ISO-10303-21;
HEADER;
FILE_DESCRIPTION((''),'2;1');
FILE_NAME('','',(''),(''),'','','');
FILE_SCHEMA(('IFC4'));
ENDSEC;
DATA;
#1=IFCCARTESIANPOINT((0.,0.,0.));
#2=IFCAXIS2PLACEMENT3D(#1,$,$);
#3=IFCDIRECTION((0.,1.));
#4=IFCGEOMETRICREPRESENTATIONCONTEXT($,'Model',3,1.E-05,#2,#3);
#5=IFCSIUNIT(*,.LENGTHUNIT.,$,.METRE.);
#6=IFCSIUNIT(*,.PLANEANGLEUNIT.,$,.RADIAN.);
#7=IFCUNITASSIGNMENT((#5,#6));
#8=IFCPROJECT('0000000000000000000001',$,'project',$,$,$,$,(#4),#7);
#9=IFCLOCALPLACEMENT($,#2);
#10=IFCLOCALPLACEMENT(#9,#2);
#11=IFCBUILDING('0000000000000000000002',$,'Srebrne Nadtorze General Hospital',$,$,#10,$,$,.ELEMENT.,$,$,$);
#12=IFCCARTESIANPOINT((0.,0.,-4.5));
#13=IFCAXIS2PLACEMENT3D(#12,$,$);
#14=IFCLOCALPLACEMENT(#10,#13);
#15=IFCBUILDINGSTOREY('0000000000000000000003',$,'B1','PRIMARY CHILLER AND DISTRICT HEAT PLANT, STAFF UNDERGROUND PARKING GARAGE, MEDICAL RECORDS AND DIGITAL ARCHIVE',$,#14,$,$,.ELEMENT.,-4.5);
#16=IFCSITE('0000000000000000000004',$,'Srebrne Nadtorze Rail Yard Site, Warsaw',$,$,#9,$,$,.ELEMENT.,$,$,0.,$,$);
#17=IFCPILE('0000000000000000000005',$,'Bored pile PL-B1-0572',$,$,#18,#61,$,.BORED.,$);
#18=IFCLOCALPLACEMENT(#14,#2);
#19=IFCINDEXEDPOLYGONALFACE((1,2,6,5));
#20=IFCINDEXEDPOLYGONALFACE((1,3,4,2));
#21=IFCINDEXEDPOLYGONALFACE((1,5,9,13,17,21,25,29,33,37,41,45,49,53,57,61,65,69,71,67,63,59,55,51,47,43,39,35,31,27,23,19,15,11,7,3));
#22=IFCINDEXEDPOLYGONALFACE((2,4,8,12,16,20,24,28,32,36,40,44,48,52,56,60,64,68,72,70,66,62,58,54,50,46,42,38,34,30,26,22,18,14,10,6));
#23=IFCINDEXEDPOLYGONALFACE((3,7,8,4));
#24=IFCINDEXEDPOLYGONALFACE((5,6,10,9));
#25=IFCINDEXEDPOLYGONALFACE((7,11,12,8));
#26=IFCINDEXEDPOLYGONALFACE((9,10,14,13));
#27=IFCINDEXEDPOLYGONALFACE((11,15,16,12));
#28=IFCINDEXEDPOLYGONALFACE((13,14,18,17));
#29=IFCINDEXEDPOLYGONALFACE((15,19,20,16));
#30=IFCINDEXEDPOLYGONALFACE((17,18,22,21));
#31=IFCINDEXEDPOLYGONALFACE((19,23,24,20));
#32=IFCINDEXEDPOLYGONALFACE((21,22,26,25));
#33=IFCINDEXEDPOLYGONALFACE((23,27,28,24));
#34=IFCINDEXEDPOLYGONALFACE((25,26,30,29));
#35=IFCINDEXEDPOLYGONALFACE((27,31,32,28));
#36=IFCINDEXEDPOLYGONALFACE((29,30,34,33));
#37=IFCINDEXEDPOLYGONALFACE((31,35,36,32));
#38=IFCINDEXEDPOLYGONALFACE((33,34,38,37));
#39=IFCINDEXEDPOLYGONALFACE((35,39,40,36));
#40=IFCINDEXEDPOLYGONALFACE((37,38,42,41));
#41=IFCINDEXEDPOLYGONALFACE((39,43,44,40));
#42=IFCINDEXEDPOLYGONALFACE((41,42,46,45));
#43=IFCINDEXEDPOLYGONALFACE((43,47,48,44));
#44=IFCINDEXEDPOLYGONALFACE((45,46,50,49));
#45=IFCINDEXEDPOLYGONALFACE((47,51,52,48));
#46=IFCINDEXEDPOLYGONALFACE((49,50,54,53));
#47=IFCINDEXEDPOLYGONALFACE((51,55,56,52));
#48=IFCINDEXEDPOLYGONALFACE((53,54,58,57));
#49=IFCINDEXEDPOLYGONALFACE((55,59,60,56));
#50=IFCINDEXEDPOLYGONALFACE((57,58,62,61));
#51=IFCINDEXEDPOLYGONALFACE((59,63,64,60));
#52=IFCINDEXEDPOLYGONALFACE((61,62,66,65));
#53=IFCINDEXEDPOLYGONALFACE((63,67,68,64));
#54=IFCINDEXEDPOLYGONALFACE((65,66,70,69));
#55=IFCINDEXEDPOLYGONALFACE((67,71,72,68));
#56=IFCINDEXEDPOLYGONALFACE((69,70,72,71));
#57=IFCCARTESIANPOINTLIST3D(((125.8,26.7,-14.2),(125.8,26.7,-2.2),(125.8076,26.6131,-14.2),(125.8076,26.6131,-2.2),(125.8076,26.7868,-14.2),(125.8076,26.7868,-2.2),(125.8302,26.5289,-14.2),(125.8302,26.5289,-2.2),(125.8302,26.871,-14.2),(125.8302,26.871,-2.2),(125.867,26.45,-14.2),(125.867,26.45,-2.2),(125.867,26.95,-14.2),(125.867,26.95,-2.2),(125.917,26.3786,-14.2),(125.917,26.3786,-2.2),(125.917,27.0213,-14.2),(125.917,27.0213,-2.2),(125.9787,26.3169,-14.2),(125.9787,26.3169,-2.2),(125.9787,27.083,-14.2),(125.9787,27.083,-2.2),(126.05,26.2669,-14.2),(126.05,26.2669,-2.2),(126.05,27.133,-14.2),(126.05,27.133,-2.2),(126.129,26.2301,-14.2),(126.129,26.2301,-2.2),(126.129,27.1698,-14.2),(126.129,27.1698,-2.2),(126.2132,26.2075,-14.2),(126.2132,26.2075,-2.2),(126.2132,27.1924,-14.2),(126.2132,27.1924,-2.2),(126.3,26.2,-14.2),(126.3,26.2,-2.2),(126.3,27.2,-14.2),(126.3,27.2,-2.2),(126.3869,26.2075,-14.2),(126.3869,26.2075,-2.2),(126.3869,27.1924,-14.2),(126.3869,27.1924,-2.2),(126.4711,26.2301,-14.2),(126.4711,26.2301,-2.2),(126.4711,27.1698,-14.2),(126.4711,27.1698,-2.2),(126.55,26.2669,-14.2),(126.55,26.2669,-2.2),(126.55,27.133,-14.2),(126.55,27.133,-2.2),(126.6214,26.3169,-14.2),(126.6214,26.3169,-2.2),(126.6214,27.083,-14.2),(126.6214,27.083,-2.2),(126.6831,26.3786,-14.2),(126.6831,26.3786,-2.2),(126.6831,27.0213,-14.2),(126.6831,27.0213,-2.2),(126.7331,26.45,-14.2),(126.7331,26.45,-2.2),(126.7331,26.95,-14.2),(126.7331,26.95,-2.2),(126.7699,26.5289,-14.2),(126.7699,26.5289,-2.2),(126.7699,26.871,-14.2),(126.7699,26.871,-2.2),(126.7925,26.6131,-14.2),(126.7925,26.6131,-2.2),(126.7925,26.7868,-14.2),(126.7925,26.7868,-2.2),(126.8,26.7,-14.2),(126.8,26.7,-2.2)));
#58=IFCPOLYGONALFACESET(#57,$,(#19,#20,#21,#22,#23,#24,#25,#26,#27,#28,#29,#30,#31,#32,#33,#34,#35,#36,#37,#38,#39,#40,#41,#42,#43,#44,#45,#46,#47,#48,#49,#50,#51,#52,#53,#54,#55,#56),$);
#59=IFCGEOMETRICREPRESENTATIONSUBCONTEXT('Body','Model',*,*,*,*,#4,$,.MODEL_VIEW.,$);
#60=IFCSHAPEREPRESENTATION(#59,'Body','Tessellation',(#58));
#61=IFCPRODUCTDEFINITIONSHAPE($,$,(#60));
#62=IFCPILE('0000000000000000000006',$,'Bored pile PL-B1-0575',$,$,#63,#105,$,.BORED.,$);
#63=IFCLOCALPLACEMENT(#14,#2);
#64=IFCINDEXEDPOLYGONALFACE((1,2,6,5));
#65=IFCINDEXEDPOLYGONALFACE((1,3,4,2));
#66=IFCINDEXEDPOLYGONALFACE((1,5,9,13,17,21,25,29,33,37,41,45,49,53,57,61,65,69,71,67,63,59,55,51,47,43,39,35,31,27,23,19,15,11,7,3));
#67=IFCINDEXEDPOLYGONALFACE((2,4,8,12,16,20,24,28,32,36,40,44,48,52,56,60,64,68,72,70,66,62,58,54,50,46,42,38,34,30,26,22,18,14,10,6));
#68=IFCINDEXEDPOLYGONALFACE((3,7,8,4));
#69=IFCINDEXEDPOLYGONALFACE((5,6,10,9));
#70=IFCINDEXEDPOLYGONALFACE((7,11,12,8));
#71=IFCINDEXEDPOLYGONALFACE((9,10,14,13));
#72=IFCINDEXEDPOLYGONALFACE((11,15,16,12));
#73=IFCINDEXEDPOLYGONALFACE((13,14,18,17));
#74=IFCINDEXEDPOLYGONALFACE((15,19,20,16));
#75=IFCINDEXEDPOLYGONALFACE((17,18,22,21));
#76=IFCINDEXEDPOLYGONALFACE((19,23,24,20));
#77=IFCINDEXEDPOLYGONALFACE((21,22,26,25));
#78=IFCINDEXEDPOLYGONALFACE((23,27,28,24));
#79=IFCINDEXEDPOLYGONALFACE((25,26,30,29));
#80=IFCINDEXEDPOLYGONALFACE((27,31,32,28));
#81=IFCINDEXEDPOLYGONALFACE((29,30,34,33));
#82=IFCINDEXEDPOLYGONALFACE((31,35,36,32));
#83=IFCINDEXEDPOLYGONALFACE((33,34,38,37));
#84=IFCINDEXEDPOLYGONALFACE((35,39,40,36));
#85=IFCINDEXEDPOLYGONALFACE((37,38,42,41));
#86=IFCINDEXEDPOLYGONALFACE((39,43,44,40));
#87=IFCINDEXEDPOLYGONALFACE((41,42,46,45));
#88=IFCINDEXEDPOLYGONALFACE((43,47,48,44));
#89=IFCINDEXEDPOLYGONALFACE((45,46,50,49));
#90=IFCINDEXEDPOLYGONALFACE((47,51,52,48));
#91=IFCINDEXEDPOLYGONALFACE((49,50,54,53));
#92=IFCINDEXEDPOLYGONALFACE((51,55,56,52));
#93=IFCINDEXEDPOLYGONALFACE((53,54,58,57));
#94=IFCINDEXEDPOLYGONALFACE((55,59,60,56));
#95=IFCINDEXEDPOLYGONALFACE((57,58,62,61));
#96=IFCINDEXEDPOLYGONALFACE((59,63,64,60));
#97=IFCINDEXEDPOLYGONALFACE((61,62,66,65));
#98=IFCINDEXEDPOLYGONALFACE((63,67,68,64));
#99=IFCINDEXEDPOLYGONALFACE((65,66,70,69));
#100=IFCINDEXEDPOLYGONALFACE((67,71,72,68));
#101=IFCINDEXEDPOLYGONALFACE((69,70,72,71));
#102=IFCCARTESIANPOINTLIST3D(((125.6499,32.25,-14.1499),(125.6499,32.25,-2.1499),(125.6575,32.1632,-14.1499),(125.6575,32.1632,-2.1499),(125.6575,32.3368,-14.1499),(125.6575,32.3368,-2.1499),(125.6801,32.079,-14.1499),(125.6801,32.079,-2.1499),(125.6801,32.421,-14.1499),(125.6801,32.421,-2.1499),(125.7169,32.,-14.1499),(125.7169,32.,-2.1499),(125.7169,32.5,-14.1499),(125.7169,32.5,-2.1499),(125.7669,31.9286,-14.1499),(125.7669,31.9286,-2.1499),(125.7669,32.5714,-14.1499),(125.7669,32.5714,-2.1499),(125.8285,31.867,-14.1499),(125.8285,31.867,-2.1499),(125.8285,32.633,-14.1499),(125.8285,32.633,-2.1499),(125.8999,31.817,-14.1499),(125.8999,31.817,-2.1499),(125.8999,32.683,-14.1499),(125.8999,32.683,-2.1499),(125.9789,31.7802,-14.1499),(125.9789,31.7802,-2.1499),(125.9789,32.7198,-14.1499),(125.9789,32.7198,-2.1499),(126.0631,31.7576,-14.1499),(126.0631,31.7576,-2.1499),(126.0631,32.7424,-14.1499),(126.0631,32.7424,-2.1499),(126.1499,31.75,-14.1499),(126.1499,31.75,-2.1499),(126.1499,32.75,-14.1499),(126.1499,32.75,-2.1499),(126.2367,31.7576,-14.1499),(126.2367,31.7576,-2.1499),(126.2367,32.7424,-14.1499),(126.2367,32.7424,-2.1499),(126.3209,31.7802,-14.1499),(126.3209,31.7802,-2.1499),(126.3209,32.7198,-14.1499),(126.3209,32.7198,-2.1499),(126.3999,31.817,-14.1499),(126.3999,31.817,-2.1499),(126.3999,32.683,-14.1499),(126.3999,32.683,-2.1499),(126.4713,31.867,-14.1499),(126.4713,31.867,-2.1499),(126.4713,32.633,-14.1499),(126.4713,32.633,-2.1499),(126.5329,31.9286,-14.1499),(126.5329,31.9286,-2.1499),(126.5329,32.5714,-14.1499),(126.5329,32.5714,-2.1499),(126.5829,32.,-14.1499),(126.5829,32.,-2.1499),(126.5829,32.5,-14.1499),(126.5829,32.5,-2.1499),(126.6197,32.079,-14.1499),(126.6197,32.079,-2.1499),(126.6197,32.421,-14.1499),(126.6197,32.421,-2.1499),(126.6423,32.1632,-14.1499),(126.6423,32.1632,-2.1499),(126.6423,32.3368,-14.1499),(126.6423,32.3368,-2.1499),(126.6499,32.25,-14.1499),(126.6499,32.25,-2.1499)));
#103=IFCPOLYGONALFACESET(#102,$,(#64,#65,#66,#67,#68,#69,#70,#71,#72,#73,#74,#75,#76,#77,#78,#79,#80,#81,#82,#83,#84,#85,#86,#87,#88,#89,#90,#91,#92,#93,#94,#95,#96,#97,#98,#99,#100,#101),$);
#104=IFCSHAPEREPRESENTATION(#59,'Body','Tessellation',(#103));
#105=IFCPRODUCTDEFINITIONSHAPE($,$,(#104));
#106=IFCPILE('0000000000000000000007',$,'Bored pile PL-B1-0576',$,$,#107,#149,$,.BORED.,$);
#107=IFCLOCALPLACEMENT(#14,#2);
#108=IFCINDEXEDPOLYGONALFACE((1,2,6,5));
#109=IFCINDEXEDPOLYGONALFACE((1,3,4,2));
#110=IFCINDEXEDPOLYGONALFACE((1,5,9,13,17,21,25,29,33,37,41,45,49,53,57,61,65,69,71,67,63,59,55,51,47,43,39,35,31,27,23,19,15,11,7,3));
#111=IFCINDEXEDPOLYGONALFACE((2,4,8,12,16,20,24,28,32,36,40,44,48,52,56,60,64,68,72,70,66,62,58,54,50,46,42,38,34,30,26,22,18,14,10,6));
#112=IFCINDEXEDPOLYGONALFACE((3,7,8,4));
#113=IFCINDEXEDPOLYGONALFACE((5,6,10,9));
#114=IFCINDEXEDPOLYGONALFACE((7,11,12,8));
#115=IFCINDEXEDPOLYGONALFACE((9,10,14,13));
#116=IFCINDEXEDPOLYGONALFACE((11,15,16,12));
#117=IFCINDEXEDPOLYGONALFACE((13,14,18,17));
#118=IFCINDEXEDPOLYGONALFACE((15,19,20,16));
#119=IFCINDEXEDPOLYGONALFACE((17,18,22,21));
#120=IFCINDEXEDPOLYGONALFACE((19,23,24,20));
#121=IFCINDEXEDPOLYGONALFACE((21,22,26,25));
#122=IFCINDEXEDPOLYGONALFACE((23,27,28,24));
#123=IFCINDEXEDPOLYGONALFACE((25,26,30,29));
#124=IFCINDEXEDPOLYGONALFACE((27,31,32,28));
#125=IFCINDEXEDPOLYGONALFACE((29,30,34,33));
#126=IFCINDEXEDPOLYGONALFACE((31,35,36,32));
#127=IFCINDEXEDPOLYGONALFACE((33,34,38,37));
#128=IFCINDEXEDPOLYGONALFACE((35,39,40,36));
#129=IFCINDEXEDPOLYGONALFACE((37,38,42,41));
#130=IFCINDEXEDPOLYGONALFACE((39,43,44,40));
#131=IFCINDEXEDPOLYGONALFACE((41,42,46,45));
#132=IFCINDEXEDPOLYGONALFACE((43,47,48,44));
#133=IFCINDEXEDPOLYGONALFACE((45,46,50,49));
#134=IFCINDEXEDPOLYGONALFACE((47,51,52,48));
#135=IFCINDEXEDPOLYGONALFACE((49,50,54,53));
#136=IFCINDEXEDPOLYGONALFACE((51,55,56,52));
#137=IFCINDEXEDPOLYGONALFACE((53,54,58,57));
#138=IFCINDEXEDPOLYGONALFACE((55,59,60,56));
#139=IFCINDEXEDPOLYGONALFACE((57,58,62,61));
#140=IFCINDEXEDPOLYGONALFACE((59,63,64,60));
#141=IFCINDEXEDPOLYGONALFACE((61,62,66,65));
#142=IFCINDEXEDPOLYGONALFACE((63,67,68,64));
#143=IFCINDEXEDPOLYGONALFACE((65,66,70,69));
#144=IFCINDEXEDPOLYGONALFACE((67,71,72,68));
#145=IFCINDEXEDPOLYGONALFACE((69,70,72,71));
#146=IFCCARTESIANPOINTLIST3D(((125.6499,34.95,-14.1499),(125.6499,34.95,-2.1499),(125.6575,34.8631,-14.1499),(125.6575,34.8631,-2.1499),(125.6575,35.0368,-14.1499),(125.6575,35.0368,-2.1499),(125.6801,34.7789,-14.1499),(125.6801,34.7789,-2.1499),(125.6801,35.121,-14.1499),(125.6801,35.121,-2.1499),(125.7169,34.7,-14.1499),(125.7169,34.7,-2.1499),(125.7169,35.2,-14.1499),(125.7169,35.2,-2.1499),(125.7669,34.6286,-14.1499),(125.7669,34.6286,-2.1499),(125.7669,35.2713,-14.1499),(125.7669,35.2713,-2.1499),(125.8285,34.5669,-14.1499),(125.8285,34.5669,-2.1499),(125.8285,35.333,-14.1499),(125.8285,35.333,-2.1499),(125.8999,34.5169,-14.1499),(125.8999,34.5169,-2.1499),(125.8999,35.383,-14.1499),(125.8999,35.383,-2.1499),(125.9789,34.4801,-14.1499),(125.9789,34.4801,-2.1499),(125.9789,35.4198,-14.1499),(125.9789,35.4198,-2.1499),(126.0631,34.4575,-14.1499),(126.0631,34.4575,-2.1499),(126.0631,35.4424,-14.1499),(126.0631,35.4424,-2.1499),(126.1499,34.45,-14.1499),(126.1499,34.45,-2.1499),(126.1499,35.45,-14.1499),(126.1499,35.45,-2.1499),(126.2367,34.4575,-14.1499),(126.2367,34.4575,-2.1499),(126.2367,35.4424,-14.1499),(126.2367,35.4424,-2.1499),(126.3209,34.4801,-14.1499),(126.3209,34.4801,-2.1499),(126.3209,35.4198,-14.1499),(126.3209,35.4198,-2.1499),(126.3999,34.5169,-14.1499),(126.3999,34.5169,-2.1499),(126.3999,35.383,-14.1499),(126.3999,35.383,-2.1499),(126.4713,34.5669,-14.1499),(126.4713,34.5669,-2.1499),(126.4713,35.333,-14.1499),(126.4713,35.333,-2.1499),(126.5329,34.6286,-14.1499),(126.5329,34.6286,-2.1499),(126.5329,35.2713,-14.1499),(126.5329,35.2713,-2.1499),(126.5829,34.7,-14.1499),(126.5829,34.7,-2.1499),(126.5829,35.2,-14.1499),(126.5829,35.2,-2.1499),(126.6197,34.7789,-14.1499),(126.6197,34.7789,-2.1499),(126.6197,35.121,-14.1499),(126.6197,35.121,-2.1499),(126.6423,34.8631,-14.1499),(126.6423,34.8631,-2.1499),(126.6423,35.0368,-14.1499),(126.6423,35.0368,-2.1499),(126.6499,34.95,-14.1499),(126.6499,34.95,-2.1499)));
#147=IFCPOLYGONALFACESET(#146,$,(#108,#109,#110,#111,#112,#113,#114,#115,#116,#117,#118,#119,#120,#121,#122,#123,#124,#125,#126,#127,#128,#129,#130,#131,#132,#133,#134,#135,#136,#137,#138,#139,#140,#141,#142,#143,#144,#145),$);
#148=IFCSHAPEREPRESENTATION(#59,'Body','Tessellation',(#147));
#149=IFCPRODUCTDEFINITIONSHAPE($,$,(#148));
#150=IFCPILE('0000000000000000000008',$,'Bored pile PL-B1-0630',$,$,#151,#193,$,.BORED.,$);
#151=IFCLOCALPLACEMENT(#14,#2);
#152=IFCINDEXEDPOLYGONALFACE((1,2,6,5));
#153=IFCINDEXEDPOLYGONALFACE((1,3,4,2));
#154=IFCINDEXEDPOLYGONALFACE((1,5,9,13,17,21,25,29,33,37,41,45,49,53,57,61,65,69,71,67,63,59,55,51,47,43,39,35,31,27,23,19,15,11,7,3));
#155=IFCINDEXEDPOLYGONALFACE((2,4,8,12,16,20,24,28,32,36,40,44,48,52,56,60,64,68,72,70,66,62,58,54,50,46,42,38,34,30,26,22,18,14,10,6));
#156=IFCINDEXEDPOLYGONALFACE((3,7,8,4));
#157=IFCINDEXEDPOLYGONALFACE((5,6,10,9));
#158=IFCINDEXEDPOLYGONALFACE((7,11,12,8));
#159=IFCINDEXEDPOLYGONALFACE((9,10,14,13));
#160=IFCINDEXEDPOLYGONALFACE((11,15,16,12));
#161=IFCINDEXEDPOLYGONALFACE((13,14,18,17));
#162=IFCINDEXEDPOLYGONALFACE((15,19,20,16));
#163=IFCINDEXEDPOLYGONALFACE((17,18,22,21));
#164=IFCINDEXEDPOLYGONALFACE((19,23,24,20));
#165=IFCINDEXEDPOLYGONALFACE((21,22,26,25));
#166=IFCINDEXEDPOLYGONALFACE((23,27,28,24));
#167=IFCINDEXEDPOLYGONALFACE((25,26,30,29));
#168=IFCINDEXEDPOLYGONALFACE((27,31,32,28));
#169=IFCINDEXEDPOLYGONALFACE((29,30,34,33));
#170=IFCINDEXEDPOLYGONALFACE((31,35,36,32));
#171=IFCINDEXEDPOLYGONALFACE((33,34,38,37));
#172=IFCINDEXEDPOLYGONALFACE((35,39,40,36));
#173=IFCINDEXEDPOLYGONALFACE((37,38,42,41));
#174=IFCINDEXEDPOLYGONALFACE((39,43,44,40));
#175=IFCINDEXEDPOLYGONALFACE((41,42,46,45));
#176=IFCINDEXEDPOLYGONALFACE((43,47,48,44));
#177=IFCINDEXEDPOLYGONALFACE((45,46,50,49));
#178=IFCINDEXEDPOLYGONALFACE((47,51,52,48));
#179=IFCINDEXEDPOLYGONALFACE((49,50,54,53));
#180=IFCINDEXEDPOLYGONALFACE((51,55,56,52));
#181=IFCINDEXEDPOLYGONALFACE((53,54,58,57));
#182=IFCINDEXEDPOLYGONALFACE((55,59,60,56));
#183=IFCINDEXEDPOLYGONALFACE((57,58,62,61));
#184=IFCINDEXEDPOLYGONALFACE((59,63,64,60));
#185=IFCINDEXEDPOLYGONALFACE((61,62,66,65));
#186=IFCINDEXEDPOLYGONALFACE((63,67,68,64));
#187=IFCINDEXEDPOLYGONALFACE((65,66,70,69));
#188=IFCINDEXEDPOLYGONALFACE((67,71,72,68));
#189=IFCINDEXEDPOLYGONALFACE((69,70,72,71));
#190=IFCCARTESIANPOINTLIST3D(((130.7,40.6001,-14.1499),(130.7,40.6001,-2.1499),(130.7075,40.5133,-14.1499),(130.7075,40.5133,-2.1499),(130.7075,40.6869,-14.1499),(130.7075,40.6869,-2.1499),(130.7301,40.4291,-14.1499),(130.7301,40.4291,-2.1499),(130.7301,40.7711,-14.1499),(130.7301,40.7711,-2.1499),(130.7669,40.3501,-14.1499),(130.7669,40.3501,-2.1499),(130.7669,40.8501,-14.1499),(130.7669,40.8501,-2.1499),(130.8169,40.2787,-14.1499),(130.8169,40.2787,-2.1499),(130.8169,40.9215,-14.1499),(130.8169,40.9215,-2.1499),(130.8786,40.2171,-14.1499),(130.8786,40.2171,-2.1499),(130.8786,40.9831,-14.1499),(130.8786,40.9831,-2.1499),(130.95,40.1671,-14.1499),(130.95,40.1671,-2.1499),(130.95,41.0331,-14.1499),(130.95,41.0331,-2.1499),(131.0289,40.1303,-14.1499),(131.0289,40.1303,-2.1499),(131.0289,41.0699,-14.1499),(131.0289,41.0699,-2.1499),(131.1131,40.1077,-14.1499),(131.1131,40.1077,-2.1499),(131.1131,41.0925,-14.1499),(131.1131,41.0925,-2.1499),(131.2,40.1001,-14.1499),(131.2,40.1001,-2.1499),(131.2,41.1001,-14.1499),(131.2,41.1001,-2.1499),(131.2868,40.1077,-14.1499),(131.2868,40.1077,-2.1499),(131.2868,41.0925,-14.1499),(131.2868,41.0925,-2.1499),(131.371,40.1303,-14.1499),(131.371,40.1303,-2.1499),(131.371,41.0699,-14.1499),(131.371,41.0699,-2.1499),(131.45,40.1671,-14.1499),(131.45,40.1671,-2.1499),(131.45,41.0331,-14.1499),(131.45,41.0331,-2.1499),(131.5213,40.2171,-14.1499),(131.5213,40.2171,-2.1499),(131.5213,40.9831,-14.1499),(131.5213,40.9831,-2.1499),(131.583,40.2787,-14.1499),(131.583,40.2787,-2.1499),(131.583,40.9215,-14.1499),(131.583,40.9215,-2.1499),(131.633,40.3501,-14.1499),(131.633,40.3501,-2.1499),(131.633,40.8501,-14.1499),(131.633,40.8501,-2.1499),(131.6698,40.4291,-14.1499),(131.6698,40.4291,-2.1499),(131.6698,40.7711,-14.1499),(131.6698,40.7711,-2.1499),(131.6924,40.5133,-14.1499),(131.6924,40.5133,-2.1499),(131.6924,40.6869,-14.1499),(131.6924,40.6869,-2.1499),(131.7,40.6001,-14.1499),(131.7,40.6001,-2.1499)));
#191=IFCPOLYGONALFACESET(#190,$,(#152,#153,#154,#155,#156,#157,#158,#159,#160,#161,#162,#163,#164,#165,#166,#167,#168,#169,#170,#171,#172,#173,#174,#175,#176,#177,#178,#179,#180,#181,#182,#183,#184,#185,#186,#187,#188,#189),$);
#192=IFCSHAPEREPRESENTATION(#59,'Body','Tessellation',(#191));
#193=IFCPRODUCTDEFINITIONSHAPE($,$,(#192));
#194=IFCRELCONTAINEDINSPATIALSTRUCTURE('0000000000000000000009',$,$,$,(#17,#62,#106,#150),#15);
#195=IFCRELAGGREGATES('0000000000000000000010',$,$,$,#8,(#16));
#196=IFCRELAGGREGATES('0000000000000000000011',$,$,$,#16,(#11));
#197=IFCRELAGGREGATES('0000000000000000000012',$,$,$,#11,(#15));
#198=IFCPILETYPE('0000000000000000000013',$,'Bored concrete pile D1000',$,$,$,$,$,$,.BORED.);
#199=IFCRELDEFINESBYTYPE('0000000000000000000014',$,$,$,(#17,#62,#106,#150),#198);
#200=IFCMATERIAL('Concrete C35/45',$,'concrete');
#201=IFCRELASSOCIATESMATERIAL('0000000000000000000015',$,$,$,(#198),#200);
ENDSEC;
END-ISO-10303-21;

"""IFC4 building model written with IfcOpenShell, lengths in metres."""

from ifc_helpers import new_model, si_unit, direction, frame, origin, origin_2d, place, context, subcontext, project, spatial, circle, extrude, material, material_profile, profile_set, type_object, element, save


model = new_model("IFC4")

# Units and contexts
model_context = context("Model", 3, precision=1e-05, world=origin(), true_north=direction((0.0, 1.0)))
body_context = subcontext(model_context, "Body", "Model", "MODEL_VIEW")
ifc_project = project(units=[si_unit("LENGTHUNIT", "METRE"), si_unit("PLANEANGLEUNIT", "RADIAN")], contexts=[model_context])

# Site, building, storey
site_placement = place(None, origin())
site = spatial("IfcSite", under=ifc_project, at=site_placement, Name="Srebrne Nadtorze Rail Yard Site, Warsaw", CompositionType="ELEMENT", RefElevation=0.0)
building_placement = place(site_placement, origin())
building = spatial("IfcBuilding", under=site, at=building_placement, Name="Srebrne Nadtorze General Hospital", CompositionType="ELEMENT")
storey_placement = place(building_placement, frame((0.0, 0.0, -4.5)))
storey = spatial("IfcBuildingStorey", under=building, at=storey_placement, Name="B1", Description="PRIMARY CHILLER AND DISTRICT HEAT PLANT, STAFF UNDERGROUND PARKING GARAGE, MEDICAL RECORDS AND DIGITAL ARCHIVE", CompositionType="ELEMENT", Elevation=-4.5)

# Piles
ifc_material_1 = material(Name="Concrete C35/45", Category="concrete")
ifc_material_profile_1 = material_profile(ifc_material_1, circle(Radius=0.5, at=origin_2d()), Name="PILE-D1000")
ifc_profile_set_1 = profile_set([ifc_material_profile_1], Name="Concrete C35/45")
pile_type_1 = type_object("IfcPileType", Name="Bored concrete pile D1000", PredefinedType="BORED", material=ifc_profile_set_1)
for number, where, z_axis, x_axis, name in (
    (1, (126.3, 26.7, -2.2), (0.0, 0.0, -1.0), (1.0, 0.0, 0.0), "Bored pile PL-B1-0572"),
    (2, (126.1499, 32.25, -2.1499), (0.0, 0.0, -1.0), (1.0, 0.0, 0.0), "Bored pile PL-B1-0575"),
    (3, (126.1499, 34.95, -2.1499), (0.0, 0.0, -1.0), (1.0, 0.0, 0.0), "Bored pile PL-B1-0576"),
    (4, (131.2, 40.6001, -2.1499), (0.0, 0.0, -1.0), (1.0, 0.0, 0.0), "Bored pile PL-B1-0630"),
):
    element("IfcPile", number, at=place(storey_placement, frame(where, z_axis=z_axis, x_axis=x_axis)), inside=storey, type_object=pile_type_1, Name=name, PredefinedType="BORED", context=body_context, shape_type="SweptSolid", body=[
        extrude(circle(Radius=0.5, at=origin_2d()), origin(), (0.0, 0.0, 1.0), 12.0),
    ])

save(model, "model.ifc")
